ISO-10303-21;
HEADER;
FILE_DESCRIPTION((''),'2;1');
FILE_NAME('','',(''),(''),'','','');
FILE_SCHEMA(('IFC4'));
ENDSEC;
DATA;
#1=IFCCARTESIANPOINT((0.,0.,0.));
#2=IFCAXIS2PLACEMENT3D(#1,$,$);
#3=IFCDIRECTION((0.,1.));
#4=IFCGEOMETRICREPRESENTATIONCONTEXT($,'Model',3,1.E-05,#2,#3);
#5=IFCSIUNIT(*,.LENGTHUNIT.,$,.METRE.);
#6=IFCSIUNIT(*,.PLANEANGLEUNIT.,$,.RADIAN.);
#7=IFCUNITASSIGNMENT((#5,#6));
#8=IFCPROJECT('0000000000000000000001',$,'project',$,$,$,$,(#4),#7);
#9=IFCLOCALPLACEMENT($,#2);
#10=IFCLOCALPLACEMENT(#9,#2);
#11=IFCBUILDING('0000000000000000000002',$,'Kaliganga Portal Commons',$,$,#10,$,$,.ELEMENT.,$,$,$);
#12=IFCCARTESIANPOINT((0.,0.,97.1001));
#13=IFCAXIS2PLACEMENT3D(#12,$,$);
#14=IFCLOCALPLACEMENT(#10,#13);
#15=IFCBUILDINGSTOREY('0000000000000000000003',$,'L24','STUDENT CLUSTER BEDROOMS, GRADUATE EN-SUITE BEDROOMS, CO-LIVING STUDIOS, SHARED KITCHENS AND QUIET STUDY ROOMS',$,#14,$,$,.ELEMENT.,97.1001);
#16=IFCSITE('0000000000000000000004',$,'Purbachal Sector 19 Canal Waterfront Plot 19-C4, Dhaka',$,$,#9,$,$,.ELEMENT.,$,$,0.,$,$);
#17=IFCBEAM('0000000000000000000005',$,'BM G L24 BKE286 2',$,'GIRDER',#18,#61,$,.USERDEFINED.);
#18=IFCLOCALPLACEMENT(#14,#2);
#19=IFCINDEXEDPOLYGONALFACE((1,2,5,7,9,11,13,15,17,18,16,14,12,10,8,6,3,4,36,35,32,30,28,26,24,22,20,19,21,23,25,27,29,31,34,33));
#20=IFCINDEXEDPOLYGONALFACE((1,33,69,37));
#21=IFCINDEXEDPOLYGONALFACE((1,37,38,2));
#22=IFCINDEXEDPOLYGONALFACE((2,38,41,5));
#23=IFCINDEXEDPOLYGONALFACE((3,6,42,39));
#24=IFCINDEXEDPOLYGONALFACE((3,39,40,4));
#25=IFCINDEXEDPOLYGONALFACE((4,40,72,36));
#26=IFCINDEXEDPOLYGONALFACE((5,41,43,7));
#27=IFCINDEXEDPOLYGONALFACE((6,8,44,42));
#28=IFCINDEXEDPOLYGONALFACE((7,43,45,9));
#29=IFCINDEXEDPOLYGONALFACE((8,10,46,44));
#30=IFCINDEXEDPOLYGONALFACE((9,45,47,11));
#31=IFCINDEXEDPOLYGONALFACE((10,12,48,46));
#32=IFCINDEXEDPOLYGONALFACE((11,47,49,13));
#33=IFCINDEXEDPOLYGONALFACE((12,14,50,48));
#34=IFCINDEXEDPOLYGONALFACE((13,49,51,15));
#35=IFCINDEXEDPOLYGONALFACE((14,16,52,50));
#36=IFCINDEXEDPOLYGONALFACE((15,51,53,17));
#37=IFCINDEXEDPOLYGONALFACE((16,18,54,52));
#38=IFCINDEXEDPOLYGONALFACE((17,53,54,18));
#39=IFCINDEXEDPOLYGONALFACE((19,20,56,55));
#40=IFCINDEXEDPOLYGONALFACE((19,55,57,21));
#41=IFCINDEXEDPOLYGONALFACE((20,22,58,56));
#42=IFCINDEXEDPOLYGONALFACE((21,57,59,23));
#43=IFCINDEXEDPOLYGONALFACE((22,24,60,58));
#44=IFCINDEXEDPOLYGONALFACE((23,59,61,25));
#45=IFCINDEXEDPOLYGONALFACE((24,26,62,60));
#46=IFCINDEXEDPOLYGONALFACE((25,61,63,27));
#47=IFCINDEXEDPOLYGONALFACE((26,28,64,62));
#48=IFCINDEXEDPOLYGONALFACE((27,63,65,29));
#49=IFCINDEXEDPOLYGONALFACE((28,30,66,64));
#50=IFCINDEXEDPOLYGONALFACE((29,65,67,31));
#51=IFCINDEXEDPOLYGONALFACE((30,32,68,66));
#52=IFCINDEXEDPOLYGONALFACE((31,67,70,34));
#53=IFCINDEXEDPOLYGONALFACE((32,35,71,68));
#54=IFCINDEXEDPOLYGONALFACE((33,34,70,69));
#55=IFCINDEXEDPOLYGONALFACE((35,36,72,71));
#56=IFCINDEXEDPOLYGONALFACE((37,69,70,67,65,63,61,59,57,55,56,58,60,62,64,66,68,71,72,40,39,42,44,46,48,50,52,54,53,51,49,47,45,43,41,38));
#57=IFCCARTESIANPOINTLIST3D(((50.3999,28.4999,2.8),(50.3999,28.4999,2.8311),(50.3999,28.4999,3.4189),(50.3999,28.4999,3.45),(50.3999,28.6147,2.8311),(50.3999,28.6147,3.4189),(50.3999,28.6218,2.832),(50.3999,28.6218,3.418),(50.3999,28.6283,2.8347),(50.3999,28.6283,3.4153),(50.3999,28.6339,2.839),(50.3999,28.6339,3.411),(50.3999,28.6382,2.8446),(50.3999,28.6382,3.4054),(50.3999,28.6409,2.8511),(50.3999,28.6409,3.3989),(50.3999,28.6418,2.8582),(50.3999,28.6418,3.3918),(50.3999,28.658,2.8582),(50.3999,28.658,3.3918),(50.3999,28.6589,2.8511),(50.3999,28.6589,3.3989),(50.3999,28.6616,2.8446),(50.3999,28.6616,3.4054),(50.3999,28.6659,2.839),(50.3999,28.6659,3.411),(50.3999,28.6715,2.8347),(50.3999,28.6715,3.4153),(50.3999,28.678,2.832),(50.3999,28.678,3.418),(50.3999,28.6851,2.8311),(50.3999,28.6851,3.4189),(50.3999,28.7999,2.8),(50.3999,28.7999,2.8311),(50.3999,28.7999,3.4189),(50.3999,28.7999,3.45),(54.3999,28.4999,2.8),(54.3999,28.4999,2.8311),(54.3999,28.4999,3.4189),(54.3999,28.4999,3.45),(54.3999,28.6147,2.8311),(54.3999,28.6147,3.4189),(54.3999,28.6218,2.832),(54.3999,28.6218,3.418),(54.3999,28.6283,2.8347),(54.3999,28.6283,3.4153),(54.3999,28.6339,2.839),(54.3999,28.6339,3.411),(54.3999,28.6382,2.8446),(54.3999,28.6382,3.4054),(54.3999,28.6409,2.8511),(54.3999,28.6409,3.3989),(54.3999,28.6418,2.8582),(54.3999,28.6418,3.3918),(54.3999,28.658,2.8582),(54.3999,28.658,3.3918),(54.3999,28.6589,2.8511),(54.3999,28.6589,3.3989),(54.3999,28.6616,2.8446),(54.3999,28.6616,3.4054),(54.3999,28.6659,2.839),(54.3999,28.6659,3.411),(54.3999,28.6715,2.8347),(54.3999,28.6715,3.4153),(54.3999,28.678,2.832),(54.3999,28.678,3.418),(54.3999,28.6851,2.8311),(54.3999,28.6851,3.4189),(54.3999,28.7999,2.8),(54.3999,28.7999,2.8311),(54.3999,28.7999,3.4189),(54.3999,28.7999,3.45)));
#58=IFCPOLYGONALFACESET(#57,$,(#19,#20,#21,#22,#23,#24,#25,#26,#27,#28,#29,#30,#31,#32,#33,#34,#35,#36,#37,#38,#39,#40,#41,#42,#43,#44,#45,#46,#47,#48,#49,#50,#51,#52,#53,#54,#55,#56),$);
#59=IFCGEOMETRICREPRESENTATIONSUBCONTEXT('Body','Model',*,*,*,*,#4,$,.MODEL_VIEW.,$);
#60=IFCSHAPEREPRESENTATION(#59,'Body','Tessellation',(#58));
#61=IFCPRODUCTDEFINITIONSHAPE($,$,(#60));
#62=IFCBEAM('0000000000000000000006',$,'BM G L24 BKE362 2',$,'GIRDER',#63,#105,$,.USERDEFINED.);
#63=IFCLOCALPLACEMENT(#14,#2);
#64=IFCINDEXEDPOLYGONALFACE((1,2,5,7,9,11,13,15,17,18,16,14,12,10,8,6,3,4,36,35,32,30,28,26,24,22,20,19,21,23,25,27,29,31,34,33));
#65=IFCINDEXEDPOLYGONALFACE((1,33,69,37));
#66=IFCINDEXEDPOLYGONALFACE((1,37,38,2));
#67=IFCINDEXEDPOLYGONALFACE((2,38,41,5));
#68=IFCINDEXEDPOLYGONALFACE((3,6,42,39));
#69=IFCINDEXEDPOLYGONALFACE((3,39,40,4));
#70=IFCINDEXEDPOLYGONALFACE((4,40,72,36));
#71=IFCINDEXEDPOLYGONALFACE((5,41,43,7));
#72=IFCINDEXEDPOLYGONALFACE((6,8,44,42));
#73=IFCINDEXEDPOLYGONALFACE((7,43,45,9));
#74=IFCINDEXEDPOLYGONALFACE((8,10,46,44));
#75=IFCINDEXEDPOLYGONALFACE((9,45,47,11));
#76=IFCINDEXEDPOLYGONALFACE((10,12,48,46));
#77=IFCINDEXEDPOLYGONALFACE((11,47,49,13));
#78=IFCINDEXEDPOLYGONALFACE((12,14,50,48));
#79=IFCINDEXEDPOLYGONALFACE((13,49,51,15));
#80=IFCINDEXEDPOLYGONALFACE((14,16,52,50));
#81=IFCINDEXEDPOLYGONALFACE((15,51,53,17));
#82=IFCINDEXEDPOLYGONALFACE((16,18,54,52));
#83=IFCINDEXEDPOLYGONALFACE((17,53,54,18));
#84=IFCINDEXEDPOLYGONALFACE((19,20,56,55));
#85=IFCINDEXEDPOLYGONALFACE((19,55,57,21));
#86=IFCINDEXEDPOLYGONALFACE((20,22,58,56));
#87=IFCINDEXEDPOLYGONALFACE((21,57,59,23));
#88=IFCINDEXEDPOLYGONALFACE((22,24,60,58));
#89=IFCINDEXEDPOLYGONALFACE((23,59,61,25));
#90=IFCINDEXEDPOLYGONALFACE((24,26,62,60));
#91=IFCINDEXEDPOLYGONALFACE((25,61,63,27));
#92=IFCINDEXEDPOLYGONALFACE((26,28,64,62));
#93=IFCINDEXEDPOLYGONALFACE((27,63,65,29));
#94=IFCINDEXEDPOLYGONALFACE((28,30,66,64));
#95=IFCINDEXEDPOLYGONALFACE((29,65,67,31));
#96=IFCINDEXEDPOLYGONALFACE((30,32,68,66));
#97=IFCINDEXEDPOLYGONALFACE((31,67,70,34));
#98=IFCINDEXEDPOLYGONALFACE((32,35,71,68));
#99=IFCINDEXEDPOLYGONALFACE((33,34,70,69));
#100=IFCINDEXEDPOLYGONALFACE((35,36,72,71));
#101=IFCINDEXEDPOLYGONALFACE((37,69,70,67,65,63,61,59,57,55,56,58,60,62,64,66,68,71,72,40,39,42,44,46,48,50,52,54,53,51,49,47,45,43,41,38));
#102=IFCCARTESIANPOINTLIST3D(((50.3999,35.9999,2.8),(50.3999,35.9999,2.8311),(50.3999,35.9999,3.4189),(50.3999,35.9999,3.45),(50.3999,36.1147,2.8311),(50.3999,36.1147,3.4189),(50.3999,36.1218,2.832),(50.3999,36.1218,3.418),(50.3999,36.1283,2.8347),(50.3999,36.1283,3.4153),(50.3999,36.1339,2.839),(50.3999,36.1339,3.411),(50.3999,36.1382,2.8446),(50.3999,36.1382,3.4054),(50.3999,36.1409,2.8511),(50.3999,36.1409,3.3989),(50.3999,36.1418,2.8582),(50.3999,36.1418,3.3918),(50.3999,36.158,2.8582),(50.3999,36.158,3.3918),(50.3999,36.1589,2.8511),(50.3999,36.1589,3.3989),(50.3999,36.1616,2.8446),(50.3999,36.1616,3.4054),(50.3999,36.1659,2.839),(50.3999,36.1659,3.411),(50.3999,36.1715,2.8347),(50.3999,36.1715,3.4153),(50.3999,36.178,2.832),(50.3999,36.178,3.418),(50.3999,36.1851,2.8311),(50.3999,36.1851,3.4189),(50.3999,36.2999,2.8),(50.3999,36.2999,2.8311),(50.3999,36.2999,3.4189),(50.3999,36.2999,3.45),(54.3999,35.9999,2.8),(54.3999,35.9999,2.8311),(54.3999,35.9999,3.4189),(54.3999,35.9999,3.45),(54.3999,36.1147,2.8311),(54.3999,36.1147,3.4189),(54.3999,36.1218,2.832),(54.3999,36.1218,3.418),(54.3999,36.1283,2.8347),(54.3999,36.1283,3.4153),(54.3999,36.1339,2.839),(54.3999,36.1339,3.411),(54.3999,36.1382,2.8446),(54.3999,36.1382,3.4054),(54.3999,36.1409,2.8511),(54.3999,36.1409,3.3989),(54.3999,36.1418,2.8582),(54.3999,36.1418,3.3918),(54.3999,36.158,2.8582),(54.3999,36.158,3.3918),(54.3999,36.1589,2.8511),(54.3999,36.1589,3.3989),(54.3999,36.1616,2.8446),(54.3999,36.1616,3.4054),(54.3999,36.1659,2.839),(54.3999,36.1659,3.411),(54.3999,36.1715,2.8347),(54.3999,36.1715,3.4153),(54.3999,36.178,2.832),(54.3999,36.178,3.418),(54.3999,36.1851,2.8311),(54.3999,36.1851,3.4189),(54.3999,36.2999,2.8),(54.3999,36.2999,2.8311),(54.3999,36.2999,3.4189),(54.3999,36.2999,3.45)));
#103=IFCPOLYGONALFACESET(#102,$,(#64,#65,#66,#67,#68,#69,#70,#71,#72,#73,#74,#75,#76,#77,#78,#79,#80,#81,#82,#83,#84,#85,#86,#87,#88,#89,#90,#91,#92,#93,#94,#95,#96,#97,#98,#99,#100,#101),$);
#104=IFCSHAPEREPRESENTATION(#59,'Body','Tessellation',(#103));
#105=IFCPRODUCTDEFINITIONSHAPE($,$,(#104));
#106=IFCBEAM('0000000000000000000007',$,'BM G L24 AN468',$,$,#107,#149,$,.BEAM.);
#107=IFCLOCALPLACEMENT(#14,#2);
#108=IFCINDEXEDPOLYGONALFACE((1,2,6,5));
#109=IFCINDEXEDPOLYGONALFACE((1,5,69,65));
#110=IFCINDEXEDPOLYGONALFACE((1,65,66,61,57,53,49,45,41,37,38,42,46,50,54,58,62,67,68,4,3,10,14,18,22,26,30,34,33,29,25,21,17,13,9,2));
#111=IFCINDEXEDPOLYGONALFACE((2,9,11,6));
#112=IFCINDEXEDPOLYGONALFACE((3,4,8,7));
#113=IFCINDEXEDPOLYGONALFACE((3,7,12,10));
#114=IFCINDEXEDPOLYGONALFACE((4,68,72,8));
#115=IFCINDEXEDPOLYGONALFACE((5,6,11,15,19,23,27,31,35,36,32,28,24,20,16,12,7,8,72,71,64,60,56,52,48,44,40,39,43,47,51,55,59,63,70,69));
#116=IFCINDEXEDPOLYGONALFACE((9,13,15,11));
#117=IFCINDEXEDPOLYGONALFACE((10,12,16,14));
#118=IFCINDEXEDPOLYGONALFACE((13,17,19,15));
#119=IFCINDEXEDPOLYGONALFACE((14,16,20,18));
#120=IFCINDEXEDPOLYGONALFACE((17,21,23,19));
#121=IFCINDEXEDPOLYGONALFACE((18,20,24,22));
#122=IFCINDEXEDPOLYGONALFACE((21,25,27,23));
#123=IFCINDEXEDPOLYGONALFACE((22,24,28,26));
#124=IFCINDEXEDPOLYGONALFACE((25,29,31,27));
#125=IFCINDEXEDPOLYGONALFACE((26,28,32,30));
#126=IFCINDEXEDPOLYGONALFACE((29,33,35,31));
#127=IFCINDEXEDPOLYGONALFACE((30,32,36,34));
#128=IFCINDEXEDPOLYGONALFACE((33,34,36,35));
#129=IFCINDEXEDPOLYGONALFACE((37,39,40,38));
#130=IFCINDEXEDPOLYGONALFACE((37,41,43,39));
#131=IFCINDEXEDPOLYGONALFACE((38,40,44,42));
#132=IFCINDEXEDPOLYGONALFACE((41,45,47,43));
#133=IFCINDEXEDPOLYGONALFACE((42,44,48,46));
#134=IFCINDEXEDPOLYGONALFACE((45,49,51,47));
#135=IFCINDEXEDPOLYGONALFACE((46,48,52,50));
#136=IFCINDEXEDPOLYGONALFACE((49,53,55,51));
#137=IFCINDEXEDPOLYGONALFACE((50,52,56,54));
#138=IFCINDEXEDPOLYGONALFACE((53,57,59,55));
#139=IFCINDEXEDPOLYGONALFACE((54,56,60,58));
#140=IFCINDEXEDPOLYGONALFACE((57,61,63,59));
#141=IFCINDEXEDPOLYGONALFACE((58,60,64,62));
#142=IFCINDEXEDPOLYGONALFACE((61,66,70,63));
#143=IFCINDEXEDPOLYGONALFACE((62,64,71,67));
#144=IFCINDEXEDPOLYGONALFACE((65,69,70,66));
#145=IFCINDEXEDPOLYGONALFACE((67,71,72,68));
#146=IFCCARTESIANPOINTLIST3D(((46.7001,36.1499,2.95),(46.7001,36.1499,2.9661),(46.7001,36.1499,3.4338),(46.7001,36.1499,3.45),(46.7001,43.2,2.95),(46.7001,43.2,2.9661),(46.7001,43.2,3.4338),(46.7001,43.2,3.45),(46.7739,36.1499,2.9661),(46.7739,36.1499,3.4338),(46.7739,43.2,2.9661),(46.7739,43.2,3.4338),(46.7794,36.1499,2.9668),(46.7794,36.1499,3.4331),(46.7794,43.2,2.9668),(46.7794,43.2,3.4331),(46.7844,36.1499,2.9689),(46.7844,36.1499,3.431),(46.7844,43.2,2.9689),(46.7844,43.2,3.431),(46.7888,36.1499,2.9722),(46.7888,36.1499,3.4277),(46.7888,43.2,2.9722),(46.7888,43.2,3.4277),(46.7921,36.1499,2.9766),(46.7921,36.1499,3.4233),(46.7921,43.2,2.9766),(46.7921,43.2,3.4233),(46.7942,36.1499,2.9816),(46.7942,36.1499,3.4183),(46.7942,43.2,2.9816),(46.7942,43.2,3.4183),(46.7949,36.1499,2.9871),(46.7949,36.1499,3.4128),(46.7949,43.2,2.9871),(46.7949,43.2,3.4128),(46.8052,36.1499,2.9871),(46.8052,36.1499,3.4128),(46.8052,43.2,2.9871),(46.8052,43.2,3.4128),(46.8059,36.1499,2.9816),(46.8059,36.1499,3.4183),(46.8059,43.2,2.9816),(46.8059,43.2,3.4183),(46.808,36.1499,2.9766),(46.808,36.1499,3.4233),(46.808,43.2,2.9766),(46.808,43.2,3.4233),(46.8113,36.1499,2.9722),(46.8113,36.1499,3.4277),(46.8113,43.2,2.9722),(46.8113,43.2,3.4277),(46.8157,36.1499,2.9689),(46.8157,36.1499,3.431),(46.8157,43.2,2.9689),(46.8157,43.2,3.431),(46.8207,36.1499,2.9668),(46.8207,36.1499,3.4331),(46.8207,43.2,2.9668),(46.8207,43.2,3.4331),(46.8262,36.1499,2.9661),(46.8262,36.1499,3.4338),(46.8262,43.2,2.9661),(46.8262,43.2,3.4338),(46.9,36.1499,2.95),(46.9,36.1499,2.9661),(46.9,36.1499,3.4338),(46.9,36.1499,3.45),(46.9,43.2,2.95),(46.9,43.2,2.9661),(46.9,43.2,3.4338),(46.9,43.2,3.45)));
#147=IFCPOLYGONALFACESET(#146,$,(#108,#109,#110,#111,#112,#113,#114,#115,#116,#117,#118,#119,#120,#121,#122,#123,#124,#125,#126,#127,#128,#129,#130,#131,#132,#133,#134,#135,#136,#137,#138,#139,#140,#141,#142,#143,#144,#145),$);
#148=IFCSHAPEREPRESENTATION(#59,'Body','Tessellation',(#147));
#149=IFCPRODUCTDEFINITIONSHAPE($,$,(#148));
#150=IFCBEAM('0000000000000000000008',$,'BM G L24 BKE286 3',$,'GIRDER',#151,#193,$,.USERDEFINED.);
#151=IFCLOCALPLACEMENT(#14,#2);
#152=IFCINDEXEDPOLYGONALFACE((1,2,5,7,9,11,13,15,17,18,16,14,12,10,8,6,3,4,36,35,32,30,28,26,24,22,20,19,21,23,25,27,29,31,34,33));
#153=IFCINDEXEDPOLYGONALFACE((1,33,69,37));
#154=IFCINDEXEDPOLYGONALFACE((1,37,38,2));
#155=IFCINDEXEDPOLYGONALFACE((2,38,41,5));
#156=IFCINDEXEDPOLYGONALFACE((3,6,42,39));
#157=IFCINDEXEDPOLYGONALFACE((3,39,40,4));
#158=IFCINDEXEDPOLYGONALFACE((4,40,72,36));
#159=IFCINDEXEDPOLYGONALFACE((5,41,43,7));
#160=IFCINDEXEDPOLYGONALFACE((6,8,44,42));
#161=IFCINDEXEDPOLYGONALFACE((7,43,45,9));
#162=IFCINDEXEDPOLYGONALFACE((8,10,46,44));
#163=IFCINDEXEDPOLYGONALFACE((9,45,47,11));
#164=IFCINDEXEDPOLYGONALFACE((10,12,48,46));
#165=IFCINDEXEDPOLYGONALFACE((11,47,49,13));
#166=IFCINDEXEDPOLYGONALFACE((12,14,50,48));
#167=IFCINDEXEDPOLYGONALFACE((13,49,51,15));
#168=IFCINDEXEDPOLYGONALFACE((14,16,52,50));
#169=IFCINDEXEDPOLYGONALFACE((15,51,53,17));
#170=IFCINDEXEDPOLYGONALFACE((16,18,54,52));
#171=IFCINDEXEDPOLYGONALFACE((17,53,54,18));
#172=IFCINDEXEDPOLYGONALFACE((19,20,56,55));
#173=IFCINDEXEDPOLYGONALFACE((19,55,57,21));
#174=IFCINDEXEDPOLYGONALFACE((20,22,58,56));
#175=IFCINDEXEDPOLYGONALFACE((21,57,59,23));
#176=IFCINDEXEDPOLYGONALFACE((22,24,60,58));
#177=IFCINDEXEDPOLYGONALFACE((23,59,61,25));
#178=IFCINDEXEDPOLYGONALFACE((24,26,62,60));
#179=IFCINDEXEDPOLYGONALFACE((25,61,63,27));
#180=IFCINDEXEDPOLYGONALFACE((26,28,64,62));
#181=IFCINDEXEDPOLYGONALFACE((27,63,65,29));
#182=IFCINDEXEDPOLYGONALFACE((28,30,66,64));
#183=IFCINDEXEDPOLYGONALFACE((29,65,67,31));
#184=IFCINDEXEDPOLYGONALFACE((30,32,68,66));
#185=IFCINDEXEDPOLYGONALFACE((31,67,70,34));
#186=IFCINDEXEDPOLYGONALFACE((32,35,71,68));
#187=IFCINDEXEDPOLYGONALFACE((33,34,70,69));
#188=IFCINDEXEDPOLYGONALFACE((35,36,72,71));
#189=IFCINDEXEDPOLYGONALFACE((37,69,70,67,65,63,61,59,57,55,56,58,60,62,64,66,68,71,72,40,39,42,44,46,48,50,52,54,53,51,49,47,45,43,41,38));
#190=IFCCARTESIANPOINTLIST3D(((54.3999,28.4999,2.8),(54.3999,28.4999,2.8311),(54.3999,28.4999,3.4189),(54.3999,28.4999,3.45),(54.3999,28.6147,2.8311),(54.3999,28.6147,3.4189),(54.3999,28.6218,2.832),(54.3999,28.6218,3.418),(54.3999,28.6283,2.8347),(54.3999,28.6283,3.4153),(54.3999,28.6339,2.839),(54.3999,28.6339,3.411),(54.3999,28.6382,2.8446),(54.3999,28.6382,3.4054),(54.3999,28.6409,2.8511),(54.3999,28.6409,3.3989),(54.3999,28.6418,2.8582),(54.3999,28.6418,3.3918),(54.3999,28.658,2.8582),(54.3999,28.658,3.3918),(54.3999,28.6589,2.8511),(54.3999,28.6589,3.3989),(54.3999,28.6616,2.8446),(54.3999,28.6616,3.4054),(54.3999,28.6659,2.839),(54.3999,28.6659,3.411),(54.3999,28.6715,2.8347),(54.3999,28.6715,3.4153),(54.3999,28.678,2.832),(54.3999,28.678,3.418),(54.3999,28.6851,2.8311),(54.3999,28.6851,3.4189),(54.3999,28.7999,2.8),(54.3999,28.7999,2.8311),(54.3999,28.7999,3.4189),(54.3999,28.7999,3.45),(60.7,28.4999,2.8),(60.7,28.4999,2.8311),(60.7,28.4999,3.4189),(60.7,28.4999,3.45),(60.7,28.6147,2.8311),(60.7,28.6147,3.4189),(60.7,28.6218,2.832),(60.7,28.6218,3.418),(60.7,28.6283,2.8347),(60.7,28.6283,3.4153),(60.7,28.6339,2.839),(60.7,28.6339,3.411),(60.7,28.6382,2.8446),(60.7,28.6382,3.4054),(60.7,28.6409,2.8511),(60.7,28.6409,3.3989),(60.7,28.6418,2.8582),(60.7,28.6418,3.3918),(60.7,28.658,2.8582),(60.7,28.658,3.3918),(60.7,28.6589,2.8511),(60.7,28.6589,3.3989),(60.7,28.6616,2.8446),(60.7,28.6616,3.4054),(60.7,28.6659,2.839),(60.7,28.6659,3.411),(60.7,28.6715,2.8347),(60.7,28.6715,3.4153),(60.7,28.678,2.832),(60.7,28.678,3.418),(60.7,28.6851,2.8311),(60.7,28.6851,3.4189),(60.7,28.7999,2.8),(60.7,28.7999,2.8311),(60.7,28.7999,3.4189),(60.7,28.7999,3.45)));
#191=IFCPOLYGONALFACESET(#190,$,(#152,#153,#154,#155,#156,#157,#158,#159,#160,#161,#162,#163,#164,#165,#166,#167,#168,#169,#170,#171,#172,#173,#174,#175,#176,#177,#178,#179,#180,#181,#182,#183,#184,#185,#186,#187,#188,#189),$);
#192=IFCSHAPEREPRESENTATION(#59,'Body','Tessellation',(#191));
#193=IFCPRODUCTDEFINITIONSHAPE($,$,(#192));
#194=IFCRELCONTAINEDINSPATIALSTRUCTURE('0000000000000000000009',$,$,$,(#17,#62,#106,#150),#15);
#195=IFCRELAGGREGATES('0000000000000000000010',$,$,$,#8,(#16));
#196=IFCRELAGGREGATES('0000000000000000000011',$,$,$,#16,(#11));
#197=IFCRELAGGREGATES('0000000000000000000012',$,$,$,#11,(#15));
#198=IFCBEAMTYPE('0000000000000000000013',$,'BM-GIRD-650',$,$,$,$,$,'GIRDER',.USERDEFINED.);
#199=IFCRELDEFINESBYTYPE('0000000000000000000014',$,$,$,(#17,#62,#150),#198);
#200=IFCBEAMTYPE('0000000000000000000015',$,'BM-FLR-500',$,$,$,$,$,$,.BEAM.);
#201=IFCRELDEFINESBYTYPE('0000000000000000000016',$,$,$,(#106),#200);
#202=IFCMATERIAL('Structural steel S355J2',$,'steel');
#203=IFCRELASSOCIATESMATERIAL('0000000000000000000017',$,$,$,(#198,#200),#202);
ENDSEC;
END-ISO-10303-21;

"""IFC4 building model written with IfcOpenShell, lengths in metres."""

from ifc_helpers import new_model, si_unit, direction, frame, origin, origin_2d, place, context, subcontext, project, spatial, i_section, extrude, source, transform, mapped, material, material_profile, profile_set, type_object, element, save


model = new_model("IFC4")

# Units and contexts
model_context = context("Model", 3, precision=1e-05, world=origin(), true_north=direction((0.0, 1.0)))
body_context = subcontext(model_context, "Body", "Model", "MODEL_VIEW")
ifc_project = project(units=[si_unit("LENGTHUNIT", "METRE"), si_unit("PLANEANGLEUNIT", "RADIAN")], contexts=[model_context])

# Site, building, storey
site_placement = place(None, origin())
site = spatial("IfcSite", under=ifc_project, at=site_placement, Name="Purbachal Sector 19 Canal Waterfront Plot 19-C4, Dhaka", CompositionType="ELEMENT", RefElevation=0.0)
building_placement = place(site_placement, origin())
building = spatial("IfcBuilding", under=site, at=building_placement, Name="Kaliganga Portal Commons", CompositionType="ELEMENT")
storey_placement = place(building_placement, frame((0.0, 0.0, 97.1001)))
storey = spatial("IfcBuildingStorey", under=building, at=storey_placement, Name="L24", Description="STUDENT CLUSTER BEDROOMS, GRADUATE EN-SUITE BEDROOMS, CO-LIVING STUDIOS, SHARED KITCHENS AND QUIET STUDY ROOMS", CompositionType="ELEMENT", Elevation=97.1001)

# Beams
ifc_material_1 = material(Name="Structural steel S355J2", Category="steel")
ifc_material_profile_1 = material_profile(ifc_material_1, i_section(OverallWidth=0.3, OverallDepth=0.6499, WebThickness=0.0161, FlangeThickness=0.031, FilletRadius=0.0271, at=origin_2d()), Name="HE 650 B")
ifc_profile_set_1 = profile_set([ifc_material_profile_1], Name="Structural steel S355J2 wide-flange")
beam_type_1 = type_object("IfcBeamType", Name="BM-GIRD-650", ElementType="GIRDER", PredefinedType="USERDEFINED", material=ifc_profile_set_1)
shared_shape_1 = source(origin(), body_context, "Body", "SweptSolid", [
    extrude(i_section(OverallWidth=0.3, OverallDepth=0.6499, WebThickness=0.0161, FlangeThickness=0.031, FilletRadius=0.0271, at=origin_2d()), origin(), (0.0, 0.0, 1.0), 4.0),
])
for number, where, z_axis, x_axis, name in (
    (1, (50.3999, 28.6499, 3.125), (1.0, 0.0, 0.0), (0.0, 1.0, 0.0), "BM G L24 BKE286 2"),
    (2, (50.3999, 36.1499, 3.125), (1.0, 0.0, 0.0), (0.0, 1.0, 0.0), "BM G L24 BKE362 2"),
):
    element("IfcBeam", number, at=place(storey_placement, frame(where, z_axis=z_axis, x_axis=x_axis)), inside=storey, type_object=beam_type_1, Name=name, ObjectType="GIRDER", PredefinedType="USERDEFINED", context=body_context, shape_type="MappedRepresentation", body=[
        mapped(shared_shape_1, transform((0.0, 0.0, 0.0), x_axis=(1.0, 0.0, 0.0), y_axis=(0.0, 1.0, 0.0), z_axis=(0.0, 0.0, 1.0), scale=1.0)),
    ])
ifc_material_profile_2 = material_profile(ifc_material_1, i_section(OverallWidth=0.2, OverallDepth=0.5, WebThickness=0.0103, FlangeThickness=0.0161, FilletRadius=0.021, at=origin_2d()), Name="IPE 500")
ifc_profile_set_2 = profile_set([ifc_material_profile_2], Name="Structural steel S355J2 wide-flange")
beam_type_2 = type_object("IfcBeamType", Name="BM-FLR-500", PredefinedType="BEAM", material=ifc_profile_set_2)
shared_shape_2 = source(origin(), body_context, "Body", "SweptSolid", [
    extrude(i_section(OverallWidth=0.2, OverallDepth=0.5, WebThickness=0.0103, FlangeThickness=0.0161, FilletRadius=0.021, at=origin_2d()), origin(), (0.0, 0.0, 1.0), 7.05),
])
beam_1_placement = place(storey_placement, frame((46.8, 36.1499, 3.2), z_axis=(0.0, 1.0, 0.0), x_axis=(-1.0, 0.0, 0.0)))
element("IfcBeam", 3, at=beam_1_placement, inside=storey, type_object=beam_type_2, Name="BM G L24 AN468", PredefinedType="BEAM", context=body_context, shape_type="MappedRepresentation", body=[
    mapped(shared_shape_2, transform((0.0, 0.0, 0.0), x_axis=(1.0, 0.0, 0.0), y_axis=(0.0, 1.0, 0.0), z_axis=(0.0, 0.0, 1.0), scale=1.0)),
])
shared_shape_3 = source(origin(), body_context, "Body", "SweptSolid", [
    extrude(i_section(OverallWidth=0.3, OverallDepth=0.6499, WebThickness=0.0161, FlangeThickness=0.031, FilletRadius=0.0271, at=origin_2d()), origin(), (0.0, 0.0, 1.0), 6.3),
])
beam_2_placement = place(storey_placement, frame((54.3999, 28.6499, 3.125), z_axis=(1.0, 0.0, 0.0), x_axis=(0.0, 1.0, 0.0)))
element("IfcBeam", 4, at=beam_2_placement, inside=storey, type_object=beam_type_1, Name="BM G L24 BKE286 3", ObjectType="GIRDER", PredefinedType="USERDEFINED", context=body_context, shape_type="MappedRepresentation", body=[
    mapped(shared_shape_3, transform((0.0, 0.0, 0.0), x_axis=(1.0, 0.0, 0.0), y_axis=(0.0, 1.0, 0.0), z_axis=(0.0, 0.0, 1.0), scale=1.0)),
])

save(model, "model.ifc")
